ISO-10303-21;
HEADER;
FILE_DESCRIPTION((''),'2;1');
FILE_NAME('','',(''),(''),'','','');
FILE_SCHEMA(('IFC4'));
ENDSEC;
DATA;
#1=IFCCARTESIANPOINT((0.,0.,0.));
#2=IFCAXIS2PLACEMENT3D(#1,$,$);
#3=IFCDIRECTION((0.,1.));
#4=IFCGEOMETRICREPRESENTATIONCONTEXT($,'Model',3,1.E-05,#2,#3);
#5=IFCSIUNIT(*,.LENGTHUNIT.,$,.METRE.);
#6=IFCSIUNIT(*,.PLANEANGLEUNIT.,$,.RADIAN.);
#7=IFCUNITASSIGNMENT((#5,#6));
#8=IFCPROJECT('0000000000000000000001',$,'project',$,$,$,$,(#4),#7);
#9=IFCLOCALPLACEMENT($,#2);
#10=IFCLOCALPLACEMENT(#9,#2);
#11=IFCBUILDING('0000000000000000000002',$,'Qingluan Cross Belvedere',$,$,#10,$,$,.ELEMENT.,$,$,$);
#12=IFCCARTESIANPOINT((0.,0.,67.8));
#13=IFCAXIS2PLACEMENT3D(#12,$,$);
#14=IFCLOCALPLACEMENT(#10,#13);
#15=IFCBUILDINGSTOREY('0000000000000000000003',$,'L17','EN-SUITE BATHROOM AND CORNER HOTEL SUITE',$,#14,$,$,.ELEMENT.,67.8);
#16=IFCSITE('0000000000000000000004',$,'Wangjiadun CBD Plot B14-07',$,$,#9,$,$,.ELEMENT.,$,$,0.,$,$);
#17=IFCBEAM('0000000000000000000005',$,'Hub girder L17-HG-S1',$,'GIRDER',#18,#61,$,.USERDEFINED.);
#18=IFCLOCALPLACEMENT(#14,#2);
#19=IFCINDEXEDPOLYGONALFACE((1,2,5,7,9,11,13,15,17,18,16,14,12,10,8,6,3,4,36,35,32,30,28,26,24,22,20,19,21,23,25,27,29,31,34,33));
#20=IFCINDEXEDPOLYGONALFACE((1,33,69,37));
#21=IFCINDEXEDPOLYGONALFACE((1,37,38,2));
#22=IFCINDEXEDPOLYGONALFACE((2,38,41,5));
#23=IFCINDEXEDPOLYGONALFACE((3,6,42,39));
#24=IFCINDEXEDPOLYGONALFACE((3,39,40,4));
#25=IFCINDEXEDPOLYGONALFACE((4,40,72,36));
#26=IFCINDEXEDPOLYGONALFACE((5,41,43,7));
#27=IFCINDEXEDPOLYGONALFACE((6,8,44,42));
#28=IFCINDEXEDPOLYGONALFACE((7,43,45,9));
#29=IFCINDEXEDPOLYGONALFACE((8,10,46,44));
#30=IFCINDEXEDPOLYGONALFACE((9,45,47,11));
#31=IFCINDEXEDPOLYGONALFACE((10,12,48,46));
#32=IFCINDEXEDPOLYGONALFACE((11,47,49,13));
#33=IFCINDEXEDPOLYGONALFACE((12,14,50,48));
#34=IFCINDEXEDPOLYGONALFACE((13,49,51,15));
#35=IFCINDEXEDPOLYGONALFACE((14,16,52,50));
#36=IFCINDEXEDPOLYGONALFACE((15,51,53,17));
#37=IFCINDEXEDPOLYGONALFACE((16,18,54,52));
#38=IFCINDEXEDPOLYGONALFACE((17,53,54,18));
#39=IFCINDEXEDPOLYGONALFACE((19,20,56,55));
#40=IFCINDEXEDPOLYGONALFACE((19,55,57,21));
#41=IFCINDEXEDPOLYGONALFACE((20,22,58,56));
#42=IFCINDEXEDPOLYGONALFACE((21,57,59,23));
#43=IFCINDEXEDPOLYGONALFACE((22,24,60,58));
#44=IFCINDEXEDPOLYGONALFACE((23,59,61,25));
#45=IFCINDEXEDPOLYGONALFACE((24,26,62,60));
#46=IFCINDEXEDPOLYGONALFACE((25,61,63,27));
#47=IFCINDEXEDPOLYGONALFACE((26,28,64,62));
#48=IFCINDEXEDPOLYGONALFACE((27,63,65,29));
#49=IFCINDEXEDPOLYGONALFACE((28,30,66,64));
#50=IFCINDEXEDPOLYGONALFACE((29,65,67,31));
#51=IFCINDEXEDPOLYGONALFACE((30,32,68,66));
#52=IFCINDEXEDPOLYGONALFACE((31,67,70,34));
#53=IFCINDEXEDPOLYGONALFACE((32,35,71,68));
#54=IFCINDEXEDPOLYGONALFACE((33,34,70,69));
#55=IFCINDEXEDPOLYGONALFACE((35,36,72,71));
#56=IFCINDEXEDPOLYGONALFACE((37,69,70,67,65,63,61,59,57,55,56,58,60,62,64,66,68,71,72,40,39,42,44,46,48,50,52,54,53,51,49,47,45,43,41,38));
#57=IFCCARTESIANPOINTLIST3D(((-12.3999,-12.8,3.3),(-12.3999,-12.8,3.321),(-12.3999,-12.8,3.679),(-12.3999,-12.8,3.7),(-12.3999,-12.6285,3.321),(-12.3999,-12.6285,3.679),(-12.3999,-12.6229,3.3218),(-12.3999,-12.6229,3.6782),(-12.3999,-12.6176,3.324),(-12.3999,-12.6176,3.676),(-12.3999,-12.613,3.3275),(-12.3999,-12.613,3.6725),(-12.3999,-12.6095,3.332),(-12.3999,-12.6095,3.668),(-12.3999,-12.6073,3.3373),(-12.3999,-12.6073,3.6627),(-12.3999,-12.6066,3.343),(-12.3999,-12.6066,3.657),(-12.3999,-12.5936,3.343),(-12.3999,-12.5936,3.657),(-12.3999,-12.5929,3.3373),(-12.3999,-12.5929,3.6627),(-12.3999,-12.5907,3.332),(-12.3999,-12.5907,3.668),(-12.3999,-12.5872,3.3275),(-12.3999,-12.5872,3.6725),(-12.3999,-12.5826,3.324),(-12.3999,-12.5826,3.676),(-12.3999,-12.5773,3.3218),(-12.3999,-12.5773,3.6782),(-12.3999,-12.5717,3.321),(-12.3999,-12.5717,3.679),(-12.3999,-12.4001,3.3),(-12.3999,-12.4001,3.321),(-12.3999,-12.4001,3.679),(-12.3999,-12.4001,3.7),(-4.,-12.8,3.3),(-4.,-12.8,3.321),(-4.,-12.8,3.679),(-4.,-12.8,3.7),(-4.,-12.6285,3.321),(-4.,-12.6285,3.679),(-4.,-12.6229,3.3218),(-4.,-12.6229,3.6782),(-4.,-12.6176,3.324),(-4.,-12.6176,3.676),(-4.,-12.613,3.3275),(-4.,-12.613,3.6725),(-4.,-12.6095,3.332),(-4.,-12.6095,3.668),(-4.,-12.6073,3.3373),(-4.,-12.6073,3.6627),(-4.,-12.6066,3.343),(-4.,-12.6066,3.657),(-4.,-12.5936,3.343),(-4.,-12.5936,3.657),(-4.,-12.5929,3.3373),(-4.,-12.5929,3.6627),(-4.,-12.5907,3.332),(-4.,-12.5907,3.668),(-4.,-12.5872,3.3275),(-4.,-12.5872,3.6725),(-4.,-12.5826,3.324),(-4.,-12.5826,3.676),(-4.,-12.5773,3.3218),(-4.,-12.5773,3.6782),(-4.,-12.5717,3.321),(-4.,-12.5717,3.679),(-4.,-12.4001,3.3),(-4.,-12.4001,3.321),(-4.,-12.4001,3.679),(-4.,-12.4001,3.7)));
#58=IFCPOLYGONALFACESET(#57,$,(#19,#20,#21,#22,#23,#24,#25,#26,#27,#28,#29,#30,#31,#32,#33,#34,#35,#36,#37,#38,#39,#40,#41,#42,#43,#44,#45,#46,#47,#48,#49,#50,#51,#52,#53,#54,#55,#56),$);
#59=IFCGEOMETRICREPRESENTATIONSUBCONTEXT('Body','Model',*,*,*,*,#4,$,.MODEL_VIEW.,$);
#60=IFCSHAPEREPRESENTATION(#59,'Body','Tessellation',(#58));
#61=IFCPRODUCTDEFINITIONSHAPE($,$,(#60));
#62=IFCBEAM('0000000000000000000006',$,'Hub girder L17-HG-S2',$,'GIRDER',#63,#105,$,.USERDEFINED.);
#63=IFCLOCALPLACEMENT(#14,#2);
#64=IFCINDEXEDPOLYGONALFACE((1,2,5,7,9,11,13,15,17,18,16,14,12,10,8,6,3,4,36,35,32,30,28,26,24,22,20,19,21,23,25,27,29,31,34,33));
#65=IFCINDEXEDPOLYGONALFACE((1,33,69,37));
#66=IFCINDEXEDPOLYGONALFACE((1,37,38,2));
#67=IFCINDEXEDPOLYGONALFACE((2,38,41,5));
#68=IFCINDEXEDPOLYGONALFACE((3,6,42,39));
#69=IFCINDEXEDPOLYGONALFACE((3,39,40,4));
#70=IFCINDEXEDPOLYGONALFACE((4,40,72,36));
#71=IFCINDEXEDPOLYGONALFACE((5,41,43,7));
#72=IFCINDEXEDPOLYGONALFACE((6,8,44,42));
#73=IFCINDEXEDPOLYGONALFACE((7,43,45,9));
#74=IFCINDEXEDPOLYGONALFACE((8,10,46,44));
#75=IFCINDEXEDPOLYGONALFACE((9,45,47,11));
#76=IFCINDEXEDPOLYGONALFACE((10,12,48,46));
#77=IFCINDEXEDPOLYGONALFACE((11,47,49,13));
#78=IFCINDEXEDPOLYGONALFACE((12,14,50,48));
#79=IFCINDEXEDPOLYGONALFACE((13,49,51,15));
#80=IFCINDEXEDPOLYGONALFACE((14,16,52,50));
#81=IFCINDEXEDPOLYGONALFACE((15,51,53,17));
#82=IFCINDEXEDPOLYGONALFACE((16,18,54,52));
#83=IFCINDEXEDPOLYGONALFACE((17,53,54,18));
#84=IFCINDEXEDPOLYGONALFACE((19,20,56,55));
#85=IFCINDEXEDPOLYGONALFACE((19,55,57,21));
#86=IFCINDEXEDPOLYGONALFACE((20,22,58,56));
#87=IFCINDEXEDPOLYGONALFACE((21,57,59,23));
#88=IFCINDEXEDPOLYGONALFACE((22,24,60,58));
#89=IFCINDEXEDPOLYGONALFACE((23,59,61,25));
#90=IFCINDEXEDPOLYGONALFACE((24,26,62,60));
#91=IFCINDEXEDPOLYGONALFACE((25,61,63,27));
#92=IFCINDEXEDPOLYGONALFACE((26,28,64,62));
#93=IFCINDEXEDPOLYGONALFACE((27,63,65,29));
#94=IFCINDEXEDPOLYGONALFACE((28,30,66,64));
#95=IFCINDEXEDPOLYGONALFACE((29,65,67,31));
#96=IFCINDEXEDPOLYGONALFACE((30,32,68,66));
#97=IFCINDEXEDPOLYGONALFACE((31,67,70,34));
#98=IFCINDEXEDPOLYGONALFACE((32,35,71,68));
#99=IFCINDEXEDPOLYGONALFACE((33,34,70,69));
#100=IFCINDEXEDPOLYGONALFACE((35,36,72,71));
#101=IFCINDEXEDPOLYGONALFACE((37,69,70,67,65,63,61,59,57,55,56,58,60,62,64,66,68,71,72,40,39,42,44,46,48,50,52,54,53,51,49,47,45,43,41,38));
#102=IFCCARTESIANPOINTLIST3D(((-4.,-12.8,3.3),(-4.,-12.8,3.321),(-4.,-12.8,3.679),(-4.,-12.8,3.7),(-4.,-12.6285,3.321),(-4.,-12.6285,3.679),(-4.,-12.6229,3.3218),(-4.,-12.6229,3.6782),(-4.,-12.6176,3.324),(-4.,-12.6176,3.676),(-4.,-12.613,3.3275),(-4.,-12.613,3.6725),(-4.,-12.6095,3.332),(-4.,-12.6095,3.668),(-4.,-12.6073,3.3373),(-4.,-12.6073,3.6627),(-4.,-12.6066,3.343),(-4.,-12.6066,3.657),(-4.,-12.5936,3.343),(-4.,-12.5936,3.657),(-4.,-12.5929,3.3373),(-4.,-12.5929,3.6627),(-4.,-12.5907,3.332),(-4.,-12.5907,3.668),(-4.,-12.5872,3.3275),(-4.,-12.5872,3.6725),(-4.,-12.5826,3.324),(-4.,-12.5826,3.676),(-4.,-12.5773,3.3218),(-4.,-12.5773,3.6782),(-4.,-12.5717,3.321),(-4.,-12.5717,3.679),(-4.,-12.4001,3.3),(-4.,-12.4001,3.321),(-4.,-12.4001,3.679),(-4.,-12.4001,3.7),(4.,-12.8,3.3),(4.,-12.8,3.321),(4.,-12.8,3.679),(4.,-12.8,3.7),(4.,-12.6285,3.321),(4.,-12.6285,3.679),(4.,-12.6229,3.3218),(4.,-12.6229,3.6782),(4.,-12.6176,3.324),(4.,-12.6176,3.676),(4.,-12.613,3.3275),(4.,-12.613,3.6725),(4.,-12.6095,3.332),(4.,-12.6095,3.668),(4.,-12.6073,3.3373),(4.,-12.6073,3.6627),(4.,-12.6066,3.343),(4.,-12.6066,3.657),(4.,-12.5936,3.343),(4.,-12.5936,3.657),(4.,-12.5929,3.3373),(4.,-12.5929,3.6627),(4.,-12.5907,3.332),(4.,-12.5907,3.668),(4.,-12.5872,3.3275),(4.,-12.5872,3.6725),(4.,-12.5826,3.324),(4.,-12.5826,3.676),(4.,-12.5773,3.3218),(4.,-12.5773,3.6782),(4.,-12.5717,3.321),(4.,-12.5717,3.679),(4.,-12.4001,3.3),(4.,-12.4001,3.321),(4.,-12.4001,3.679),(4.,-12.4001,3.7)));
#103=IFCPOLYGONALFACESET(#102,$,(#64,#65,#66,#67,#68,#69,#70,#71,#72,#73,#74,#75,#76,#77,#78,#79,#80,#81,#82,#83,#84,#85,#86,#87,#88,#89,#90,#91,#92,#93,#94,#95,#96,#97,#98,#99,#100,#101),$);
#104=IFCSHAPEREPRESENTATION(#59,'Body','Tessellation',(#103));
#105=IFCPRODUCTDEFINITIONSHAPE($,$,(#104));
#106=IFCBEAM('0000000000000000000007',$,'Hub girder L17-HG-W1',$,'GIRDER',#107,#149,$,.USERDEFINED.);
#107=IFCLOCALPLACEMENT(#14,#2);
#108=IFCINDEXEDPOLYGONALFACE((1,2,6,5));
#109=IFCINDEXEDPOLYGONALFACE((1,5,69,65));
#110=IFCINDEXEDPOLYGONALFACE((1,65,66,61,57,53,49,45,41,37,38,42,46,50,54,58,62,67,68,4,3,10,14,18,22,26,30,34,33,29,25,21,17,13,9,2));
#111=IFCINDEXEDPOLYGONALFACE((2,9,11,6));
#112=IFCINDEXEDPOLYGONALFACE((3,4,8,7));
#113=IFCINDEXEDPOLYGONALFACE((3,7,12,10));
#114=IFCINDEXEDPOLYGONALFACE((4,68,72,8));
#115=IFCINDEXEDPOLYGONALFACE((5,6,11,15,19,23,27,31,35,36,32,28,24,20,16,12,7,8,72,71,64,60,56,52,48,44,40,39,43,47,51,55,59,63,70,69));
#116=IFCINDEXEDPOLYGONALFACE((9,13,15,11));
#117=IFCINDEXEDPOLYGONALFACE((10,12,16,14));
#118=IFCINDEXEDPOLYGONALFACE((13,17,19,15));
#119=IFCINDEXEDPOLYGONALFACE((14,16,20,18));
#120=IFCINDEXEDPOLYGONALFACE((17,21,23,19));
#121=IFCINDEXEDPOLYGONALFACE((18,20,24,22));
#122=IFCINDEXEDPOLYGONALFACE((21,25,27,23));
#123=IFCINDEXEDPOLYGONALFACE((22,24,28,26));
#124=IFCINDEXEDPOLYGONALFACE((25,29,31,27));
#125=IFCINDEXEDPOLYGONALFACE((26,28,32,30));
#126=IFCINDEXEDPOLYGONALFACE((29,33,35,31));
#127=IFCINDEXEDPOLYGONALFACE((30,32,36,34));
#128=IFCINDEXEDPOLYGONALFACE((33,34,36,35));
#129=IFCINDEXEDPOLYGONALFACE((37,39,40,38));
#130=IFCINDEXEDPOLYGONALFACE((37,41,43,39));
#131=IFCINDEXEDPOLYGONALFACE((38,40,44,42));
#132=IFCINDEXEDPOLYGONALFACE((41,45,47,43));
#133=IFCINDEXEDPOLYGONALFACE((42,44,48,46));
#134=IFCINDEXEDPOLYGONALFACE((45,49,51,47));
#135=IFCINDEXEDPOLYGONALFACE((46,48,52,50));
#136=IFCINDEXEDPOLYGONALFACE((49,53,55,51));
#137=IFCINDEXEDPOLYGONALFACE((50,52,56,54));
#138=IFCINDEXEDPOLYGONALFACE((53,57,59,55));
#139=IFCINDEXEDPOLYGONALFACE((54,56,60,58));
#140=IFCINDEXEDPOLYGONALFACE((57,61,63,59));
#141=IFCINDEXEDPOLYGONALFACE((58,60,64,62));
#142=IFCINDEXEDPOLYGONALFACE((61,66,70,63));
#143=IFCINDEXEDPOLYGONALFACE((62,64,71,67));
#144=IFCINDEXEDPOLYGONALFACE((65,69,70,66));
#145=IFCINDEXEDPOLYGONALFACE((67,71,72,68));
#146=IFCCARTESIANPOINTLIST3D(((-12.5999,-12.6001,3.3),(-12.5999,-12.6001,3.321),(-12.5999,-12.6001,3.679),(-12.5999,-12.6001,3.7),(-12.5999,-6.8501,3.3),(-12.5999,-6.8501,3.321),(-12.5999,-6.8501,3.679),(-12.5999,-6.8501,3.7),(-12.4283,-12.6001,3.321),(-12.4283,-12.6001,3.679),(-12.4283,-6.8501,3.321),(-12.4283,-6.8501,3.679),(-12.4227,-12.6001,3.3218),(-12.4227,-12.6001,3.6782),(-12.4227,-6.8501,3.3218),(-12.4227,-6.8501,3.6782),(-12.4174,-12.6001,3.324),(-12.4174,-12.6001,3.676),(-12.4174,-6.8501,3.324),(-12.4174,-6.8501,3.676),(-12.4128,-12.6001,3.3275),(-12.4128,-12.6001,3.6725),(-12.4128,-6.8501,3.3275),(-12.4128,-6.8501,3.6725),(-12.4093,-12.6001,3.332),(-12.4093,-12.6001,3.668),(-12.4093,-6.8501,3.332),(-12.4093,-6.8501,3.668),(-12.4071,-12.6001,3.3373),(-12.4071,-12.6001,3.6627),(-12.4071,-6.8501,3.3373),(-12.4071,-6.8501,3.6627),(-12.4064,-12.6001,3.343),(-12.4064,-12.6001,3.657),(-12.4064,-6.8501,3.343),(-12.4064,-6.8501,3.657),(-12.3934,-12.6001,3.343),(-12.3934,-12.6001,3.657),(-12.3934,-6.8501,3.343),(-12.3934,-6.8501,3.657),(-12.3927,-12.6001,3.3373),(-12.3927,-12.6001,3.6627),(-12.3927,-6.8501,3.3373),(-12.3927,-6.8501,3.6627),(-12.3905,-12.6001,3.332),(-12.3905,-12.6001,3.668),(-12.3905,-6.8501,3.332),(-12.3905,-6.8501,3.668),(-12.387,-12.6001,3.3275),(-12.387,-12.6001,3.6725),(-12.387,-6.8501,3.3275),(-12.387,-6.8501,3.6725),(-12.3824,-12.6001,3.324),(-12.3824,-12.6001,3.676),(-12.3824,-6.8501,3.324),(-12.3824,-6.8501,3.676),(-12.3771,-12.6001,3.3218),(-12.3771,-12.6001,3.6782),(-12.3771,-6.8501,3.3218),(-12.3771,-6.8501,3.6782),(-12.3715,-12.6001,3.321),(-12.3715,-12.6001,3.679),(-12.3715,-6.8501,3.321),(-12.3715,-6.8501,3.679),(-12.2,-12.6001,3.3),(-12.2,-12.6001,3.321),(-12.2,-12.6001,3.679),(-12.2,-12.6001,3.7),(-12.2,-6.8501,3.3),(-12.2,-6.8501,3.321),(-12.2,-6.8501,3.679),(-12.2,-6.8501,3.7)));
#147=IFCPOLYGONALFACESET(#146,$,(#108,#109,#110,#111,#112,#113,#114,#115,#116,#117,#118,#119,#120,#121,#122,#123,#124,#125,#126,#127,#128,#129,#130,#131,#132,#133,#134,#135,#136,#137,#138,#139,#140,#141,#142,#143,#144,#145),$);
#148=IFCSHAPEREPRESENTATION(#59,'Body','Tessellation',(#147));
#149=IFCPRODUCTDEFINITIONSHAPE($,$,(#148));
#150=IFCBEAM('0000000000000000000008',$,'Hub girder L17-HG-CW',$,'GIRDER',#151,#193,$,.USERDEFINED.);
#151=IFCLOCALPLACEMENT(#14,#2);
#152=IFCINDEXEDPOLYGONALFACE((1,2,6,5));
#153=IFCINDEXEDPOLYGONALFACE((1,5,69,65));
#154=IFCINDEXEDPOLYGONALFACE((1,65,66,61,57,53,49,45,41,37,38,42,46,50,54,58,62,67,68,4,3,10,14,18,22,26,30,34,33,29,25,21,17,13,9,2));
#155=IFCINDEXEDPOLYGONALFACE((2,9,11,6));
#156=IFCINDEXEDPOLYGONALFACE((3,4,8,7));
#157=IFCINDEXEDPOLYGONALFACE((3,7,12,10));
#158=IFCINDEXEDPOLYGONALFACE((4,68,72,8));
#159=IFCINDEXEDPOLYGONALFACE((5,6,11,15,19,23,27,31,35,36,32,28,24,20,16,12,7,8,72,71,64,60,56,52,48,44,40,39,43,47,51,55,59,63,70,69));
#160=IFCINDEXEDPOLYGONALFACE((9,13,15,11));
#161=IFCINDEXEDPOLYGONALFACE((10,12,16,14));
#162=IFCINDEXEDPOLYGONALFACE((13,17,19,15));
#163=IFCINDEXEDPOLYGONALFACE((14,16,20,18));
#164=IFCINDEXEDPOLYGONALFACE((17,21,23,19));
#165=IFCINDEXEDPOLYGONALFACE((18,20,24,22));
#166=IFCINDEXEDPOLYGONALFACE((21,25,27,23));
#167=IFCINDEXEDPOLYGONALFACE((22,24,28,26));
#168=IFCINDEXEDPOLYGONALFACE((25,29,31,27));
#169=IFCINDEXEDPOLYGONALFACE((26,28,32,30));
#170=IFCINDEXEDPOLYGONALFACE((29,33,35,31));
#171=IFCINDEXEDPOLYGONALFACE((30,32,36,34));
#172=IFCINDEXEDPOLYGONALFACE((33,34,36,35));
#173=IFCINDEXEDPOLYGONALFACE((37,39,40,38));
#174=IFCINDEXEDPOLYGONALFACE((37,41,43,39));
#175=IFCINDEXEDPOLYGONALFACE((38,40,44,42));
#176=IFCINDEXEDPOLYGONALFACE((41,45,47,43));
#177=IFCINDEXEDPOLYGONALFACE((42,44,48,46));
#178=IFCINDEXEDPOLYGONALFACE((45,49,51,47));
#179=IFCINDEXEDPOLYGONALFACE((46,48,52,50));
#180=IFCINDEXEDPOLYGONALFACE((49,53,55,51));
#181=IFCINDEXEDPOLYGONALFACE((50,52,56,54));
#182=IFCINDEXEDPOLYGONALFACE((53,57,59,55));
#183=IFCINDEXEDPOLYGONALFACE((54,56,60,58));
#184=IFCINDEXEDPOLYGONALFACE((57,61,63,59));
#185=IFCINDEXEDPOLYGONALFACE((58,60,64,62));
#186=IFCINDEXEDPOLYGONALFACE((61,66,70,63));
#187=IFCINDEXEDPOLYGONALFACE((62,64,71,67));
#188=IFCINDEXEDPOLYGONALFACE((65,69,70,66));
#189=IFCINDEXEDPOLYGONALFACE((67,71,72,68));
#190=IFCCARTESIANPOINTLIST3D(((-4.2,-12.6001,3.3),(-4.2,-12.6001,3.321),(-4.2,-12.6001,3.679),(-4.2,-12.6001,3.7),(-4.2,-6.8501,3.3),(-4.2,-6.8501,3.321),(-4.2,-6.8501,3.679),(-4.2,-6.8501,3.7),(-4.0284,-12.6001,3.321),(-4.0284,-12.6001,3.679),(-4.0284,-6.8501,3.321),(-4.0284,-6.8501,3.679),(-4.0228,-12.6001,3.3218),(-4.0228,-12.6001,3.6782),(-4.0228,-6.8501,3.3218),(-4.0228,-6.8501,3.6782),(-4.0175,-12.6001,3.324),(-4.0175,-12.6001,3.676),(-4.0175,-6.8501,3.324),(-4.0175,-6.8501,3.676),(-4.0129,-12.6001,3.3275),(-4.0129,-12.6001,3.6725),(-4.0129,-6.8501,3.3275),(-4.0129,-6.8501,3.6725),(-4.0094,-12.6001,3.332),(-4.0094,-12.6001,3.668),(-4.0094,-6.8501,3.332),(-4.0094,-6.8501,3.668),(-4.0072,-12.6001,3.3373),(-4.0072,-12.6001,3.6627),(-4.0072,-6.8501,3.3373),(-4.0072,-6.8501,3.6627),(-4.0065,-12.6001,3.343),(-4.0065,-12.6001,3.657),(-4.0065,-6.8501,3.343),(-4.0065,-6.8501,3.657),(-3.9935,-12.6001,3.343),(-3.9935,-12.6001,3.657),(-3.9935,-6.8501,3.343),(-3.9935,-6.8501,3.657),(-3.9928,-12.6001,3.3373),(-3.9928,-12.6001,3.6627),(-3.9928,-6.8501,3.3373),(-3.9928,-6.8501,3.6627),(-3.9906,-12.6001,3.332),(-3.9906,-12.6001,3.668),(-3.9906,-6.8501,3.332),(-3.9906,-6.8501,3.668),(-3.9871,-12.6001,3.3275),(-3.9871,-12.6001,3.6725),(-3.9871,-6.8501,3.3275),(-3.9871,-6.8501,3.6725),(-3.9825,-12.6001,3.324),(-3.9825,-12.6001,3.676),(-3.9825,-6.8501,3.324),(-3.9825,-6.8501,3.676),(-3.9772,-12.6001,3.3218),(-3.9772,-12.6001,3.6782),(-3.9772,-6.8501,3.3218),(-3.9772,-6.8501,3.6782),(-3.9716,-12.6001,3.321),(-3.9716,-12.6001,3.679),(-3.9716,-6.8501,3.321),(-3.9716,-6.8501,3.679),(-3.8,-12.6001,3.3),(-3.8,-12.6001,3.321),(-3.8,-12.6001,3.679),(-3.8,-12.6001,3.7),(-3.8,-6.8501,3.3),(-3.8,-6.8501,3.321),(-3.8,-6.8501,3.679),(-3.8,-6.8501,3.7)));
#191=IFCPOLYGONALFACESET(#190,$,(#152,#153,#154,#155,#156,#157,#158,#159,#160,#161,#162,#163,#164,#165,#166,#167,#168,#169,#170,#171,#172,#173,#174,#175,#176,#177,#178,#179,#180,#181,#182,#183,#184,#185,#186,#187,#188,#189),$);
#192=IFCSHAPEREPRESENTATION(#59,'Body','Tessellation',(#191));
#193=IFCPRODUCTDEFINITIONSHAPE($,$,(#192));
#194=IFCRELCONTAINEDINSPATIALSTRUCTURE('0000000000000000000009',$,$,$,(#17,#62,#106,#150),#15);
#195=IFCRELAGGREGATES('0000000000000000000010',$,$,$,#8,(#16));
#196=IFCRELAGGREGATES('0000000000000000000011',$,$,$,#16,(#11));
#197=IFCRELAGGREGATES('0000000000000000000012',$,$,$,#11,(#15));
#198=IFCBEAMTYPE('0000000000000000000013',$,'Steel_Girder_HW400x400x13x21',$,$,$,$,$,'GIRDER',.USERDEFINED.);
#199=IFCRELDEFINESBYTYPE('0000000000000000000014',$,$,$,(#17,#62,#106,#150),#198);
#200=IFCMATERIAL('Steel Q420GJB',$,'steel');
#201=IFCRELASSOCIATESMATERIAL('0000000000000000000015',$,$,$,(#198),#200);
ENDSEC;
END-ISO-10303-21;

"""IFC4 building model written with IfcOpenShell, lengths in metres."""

from ifc_helpers import new_model, si_unit, direction, frame, origin, origin_2d, place, context, subcontext, project, spatial, i_section, extrude, material, material_profile, profile_set, type_object, element, save


model = new_model("IFC4")

# Units and contexts
model_context = context("Model", 3, precision=1e-05, world=origin(), true_north=direction((0.0, 1.0)))
body_context = subcontext(model_context, "Body", "Model", "MODEL_VIEW")
ifc_project = project(units=[si_unit("LENGTHUNIT", "METRE"), si_unit("PLANEANGLEUNIT", "RADIAN")], contexts=[model_context])

# Site, building, storey
site_placement = place(None, origin())
site = spatial("IfcSite", under=ifc_project, at=site_placement, Name="Wangjiadun CBD Plot B14-07", CompositionType="ELEMENT", RefElevation=0.0)
building_placement = place(site_placement, origin())
building = spatial("IfcBuilding", under=site, at=building_placement, Name="Qingluan Cross Belvedere", CompositionType="ELEMENT")
storey_placement = place(building_placement, frame((0.0, 0.0, 67.8)))
storey = spatial("IfcBuildingStorey", under=building, at=storey_placement, Name="L17", Description="EN-SUITE BATHROOM AND CORNER HOTEL SUITE", CompositionType="ELEMENT", Elevation=67.8)

# Beams
ifc_material_1 = material(Name="Steel Q420GJB", Category="steel")
ifc_material_profile_1 = material_profile(ifc_material_1, i_section(OverallWidth=0.3999, OverallDepth=0.3999, WebThickness=0.0129, FlangeThickness=0.021, FilletRadius=0.022, at=origin_2d()), Name="HW400x400x13x21")
ifc_profile_set_1 = profile_set([ifc_material_profile_1], Name="Steel Q420GJB")
beam_type_1 = type_object("IfcBeamType", Name="Steel_Girder_HW400x400x13x21", ElementType="GIRDER", PredefinedType="USERDEFINED", material=ifc_profile_set_1)
beam_1_placement = place(storey_placement, frame((-12.3999, -12.6001, 3.5), z_axis=(1.0, 0.0, 0.0), x_axis=(0.0, 1.0, 0.0)))
element("IfcBeam", 1, at=beam_1_placement, inside=storey, type_object=beam_type_1, Name="Hub girder L17-HG-S1", ObjectType="GIRDER", PredefinedType="USERDEFINED", context=body_context, shape_type="SweptSolid", body=[
    extrude(i_section(OverallWidth=0.3999, OverallDepth=0.3999, WebThickness=0.0129, FlangeThickness=0.021, FilletRadius=0.022, at=origin_2d()), origin(), (0.0, 0.0, 1.0), 8.3999),
])
beam_2_placement = place(storey_placement, frame((-4.0, -12.6001, 3.5), z_axis=(1.0, 0.0, 0.0), x_axis=(0.0, 1.0, 0.0)))
element("IfcBeam", 2, at=beam_2_placement, inside=storey, type_object=beam_type_1, Name="Hub girder L17-HG-S2", ObjectType="GIRDER", PredefinedType="USERDEFINED", context=body_context, shape_type="SweptSolid", body=[
    extrude(i_section(OverallWidth=0.3999, OverallDepth=0.3999, WebThickness=0.0129, FlangeThickness=0.021, FilletRadius=0.022, at=origin_2d()), origin(), (0.0, 0.0, 1.0), 8.0),
])
for number, where, z_axis, x_axis, name in (
    (3, (-12.3999, -12.6001, 3.5), (0.0, 1.0, 0.0), (-1.0, 0.0, 0.0), "Hub girder L17-HG-W1"),
    (4, (-4.0, -12.6001, 3.5), (0.0, 1.0, 0.0), (-1.0, 0.0, 0.0), "Hub girder L17-HG-CW"),
):
    element("IfcBeam", number, at=place(storey_placement, frame(where, z_axis=z_axis, x_axis=x_axis)), inside=storey, type_object=beam_type_1, Name=name, ObjectType="GIRDER", PredefinedType="USERDEFINED", context=body_context, shape_type="SweptSolid", body=[
        extrude(i_section(OverallWidth=0.3999, OverallDepth=0.3999, WebThickness=0.0129, FlangeThickness=0.021, FilletRadius=0.022, at=origin_2d()), origin(), (0.0, 0.0, 1.0), 5.75),
    ])

save(model, "model.ifc")
